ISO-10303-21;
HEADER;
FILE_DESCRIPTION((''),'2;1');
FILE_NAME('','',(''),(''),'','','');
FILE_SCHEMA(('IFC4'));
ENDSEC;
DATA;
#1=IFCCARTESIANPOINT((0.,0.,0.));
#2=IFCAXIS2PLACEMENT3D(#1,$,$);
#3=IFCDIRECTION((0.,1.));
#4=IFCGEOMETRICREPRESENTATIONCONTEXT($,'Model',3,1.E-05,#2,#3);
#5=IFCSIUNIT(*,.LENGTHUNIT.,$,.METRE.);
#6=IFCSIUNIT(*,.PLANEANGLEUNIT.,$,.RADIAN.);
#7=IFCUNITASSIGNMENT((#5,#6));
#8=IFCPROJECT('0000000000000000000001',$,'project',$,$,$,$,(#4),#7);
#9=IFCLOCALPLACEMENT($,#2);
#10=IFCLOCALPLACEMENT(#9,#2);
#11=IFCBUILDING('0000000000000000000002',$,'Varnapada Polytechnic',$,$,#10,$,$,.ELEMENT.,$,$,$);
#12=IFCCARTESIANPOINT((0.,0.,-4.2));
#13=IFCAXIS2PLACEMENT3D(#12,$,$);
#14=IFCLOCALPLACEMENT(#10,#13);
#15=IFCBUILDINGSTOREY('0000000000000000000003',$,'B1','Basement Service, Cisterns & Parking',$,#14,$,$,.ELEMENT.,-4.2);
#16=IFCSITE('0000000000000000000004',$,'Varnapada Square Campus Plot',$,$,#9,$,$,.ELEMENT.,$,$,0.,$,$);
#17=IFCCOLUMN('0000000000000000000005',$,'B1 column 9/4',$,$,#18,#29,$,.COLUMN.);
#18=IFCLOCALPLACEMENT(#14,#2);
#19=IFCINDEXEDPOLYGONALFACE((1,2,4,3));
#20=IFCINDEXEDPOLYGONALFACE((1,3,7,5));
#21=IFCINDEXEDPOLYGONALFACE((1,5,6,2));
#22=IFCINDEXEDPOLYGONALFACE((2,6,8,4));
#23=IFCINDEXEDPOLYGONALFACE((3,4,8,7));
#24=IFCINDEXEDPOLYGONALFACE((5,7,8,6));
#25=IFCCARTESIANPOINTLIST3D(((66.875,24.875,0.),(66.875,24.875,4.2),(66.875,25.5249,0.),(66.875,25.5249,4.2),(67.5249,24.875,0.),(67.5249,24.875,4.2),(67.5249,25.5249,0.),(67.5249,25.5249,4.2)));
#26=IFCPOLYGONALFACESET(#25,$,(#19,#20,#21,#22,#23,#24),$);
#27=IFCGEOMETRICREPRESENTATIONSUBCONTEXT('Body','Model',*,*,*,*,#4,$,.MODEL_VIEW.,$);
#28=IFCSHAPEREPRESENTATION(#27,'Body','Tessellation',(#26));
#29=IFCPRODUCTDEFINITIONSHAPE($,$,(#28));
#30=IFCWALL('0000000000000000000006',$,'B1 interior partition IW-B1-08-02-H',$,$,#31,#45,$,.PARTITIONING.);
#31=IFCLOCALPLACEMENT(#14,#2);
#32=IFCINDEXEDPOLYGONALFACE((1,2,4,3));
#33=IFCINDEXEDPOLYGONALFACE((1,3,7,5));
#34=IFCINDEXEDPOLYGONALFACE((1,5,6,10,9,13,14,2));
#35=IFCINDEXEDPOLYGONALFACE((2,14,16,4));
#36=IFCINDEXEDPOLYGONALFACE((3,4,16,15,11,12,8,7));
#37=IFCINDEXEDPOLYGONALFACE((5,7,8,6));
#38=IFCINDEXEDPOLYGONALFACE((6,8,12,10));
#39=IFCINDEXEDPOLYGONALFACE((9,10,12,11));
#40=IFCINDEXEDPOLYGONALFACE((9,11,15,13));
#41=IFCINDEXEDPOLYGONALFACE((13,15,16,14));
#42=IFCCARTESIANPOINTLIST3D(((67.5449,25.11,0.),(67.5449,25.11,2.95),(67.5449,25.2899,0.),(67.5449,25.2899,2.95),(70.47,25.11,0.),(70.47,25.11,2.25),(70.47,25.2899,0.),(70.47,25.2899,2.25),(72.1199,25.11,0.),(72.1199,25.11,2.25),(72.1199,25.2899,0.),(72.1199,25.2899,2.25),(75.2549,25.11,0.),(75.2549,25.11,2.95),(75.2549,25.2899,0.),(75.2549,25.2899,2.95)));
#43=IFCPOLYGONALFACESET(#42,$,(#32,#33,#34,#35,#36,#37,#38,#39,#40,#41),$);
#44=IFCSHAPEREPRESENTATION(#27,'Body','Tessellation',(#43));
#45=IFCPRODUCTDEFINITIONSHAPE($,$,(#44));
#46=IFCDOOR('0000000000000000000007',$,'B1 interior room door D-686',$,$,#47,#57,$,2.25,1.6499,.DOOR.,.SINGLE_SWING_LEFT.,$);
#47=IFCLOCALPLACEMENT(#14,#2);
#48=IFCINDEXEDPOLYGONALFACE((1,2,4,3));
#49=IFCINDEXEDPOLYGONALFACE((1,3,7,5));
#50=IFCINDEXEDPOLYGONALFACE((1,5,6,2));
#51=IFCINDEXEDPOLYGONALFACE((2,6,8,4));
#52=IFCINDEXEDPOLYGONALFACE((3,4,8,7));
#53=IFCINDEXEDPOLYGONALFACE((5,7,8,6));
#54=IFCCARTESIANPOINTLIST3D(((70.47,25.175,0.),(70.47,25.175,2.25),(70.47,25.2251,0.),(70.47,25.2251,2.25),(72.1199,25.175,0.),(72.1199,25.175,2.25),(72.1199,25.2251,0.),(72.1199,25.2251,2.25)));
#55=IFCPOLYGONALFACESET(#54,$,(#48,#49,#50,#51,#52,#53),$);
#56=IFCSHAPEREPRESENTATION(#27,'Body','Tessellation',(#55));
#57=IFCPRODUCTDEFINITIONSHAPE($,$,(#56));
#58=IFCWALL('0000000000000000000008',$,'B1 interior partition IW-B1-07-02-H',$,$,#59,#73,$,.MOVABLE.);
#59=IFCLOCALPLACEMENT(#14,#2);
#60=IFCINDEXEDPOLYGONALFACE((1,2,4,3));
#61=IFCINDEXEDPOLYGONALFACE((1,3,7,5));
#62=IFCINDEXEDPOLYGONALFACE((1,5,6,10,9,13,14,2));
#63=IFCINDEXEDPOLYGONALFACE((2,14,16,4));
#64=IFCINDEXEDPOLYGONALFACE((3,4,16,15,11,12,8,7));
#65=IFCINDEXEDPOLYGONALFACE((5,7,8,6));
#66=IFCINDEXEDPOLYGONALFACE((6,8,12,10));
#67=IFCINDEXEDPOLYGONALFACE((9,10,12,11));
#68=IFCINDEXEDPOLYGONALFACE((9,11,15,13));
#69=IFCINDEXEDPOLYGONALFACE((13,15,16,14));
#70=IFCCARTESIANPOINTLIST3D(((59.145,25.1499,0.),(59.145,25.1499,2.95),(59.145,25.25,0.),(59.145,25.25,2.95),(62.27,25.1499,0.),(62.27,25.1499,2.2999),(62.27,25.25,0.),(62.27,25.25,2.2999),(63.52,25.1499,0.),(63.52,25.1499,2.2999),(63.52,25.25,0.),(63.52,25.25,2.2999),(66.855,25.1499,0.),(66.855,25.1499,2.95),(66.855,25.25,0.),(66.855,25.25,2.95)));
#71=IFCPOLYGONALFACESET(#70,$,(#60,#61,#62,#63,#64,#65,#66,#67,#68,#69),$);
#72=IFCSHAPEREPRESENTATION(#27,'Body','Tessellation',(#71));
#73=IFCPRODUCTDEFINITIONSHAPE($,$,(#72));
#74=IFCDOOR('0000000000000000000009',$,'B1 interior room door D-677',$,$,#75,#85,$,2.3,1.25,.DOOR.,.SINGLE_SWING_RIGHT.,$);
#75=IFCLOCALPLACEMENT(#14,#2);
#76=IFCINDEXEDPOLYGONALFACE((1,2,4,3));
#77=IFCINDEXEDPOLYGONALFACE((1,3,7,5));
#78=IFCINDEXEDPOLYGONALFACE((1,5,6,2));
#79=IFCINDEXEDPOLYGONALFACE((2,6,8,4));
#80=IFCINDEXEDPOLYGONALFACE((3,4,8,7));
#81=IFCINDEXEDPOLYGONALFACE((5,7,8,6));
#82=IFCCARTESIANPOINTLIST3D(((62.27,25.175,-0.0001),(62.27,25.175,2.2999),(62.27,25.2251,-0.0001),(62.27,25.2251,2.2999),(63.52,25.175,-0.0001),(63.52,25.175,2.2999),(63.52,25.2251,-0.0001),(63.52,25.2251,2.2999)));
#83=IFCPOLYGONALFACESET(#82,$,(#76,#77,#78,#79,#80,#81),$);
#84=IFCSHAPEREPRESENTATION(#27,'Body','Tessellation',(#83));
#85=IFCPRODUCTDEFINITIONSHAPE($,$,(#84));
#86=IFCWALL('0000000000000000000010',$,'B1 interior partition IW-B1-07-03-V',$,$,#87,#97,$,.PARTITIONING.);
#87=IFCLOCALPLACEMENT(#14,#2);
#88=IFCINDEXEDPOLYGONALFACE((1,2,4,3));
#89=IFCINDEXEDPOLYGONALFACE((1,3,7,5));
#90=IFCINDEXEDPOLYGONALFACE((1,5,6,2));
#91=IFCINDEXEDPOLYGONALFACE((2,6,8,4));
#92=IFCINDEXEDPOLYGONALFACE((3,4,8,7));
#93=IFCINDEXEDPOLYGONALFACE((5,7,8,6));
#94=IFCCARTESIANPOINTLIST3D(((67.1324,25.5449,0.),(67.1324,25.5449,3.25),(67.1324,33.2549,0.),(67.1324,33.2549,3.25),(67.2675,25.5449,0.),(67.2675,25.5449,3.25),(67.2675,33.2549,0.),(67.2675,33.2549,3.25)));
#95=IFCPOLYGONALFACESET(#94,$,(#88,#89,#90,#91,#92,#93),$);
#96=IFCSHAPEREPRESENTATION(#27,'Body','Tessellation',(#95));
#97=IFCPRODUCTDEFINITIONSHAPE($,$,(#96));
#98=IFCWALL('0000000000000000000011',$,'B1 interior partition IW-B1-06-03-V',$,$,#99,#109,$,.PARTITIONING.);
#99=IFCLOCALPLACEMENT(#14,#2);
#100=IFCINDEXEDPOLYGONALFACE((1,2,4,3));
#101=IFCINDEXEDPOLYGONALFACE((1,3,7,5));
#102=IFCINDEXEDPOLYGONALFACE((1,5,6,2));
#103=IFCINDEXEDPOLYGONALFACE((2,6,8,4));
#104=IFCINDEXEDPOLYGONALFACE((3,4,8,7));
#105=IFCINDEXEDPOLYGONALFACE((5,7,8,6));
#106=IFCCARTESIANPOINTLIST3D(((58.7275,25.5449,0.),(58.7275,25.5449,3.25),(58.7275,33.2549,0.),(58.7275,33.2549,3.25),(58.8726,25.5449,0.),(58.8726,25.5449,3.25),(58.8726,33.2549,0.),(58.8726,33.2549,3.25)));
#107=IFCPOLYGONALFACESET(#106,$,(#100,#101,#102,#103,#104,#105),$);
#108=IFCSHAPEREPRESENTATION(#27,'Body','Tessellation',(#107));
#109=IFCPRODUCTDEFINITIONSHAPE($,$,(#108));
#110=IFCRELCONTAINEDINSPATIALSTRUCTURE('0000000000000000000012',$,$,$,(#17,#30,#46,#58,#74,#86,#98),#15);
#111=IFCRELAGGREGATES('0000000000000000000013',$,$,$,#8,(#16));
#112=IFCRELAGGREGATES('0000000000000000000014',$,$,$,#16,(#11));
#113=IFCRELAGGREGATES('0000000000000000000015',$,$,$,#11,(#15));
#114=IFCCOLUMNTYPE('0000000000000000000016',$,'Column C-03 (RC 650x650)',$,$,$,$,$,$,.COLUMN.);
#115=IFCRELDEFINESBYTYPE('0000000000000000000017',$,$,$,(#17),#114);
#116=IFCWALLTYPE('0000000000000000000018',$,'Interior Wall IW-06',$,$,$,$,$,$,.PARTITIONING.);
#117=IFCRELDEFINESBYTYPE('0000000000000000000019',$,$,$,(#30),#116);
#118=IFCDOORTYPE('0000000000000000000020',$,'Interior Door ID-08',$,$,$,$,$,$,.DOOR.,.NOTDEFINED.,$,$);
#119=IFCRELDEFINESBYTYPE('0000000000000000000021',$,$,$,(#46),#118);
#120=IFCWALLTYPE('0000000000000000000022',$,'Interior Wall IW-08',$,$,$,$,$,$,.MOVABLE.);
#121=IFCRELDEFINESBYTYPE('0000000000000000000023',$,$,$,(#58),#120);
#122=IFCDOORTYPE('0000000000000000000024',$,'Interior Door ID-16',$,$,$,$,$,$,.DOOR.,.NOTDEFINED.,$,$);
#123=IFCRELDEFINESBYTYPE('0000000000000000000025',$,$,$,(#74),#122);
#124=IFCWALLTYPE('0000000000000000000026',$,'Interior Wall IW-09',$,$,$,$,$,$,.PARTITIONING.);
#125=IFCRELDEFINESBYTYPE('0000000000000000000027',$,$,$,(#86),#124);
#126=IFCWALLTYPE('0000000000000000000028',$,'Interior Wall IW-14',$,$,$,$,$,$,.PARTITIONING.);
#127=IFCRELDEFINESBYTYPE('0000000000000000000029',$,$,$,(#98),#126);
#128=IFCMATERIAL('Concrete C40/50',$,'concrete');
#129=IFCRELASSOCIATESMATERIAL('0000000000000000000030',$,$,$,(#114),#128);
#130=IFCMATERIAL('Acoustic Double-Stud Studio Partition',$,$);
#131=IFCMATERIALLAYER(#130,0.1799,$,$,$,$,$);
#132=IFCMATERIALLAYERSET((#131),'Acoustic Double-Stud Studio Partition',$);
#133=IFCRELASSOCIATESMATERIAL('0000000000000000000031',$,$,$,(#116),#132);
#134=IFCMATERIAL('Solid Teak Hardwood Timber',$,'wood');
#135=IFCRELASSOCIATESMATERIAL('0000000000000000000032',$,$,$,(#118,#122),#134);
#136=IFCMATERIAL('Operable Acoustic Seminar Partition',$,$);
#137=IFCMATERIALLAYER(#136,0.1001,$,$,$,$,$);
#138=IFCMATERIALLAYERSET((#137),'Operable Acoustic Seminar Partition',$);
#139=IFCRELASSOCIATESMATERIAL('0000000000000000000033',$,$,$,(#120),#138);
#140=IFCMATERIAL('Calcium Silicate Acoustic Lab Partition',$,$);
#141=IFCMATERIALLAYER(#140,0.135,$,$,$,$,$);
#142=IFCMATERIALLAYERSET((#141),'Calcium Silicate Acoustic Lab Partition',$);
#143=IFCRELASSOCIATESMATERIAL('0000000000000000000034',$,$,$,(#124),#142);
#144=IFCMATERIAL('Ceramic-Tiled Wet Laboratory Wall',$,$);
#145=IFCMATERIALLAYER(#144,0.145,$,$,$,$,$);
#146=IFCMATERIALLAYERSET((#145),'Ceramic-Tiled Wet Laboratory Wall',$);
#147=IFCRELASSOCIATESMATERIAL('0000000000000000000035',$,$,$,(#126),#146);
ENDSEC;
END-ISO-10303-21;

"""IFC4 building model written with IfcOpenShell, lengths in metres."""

from ifc_helpers import new_model, si_unit, direction, frame, frame_2d, origin, origin_2d, place, context, subcontext, project, spatial, rectangle, extrude, material, layer, layer_set, material_profile, profile_set, type_object, element, fill, save


model = new_model("IFC4")

# Units and contexts
model_context = context("Model", 3, precision=1e-05, world=origin(), true_north=direction((0.0, 1.0)))
body_context = subcontext(model_context, "Body", "Model", "MODEL_VIEW")
ifc_project = project(units=[si_unit("LENGTHUNIT", "METRE"), si_unit("PLANEANGLEUNIT", "RADIAN")], contexts=[model_context])

# Site, building, storey
site_placement = place(None, origin())
site = spatial("IfcSite", under=ifc_project, at=site_placement, Name="Varnapada Square Campus Plot", CompositionType="ELEMENT", RefElevation=0.0)
building_placement = place(site_placement, origin())
building = spatial("IfcBuilding", under=site, at=building_placement, Name="Varnapada Polytechnic", CompositionType="ELEMENT")
storey_placement = place(building_placement, frame((0.0, 0.0, -4.2)))
storey = spatial("IfcBuildingStorey", under=building, at=storey_placement, Name="B1", Description="Basement Service, Cisterns & Parking", CompositionType="ELEMENT", Elevation=-4.2)

# Shared definitions
ifc_material_1 = material(Name="Concrete C40/50", Category="concrete")

# Column
ifc_material_profile_1 = material_profile(ifc_material_1, rectangle(XDim=0.6499, YDim=0.6499, at=origin_2d()), Name="RC 650x650")
ifc_profile_set_1 = profile_set([ifc_material_profile_1], Name="Concrete C40/50")
column_type = type_object("IfcColumnType", Name="Column C-03 (RC 650x650)", PredefinedType="COLUMN", material=ifc_profile_set_1)
for number, where, z_axis, x_axis, name in (
    (1, (67.2, 25.2, 0.0), (0.0, 0.0, 1.0), (1.0, 0.0, 0.0), "B1 column 9/4"),
):
    element("IfcColumn", number, at=place(storey_placement, frame(where, z_axis=z_axis, x_axis=x_axis)), inside=storey, type_object=column_type, Name=name, PredefinedType="COLUMN", context=body_context, shape_type="SweptSolid", body=[
        extrude(rectangle(XDim=0.6499, YDim=0.6499, at=origin_2d()), origin(), (0.0, 0.0, 1.0), 4.2),
    ])

# Walls, openings, doors
ifc_material_2 = material(Name="Acoustic Double-Stud Studio Partition")
ifc_layer_1 = layer(ifc_material_2, 0.1799)
ifc_layer_set_1 = layer_set([ifc_layer_1], Name="Acoustic Double-Stud Studio Partition")
wall_type_1 = type_object("IfcWallType", Name="Interior Wall IW-06", PredefinedType="PARTITIONING", material=ifc_layer_set_1)
wall_1_placement = place(storey_placement, frame((67.5449, 25.2, 0.0), z_axis=(0.0, 0.0, 1.0), x_axis=(1.0, 0.0, 0.0)))
wall_1 = element("IfcWall", 2, at=wall_1_placement, inside=storey, type_object=wall_type_1, Name="B1 interior partition IW-B1-08-02-H", PredefinedType="PARTITIONING", context=body_context, shape_type="SweptSolid", body=[
    extrude(rectangle(XDim=7.71, YDim=0.1799, at=frame_2d((3.855, 0.0))), origin(), (0.0, 0.0, 1.0), 2.95),
])
opening_1_placement = place(wall_1_placement, frame((2.925, 0.0, 0.0)))
opening_1 = element("IfcOpeningElement", 3, at=opening_1_placement, cuts=wall_1, PredefinedType="OPENING", context=body_context, shape_type="SweptSolid", body=[
    extrude(rectangle(XDim=1.6499, YDim=2.25, at=frame_2d((0.825, 1.125))), frame((0.0, 0.0999, 0.0), z_axis=(0.0, -1.0, 0.0), x_axis=(1.0, 0.0, 0.0)), (0.0, 0.0, 1.0), 0.2),
])
ifc_material_3 = material(Name="Solid Teak Hardwood Timber", Category="wood")
door_type_1 = type_object("IfcDoorType", Name="Interior Door ID-08", OperationType="NOTDEFINED", PredefinedType="DOOR", material=ifc_material_3)
door_1_placement = place(opening_1_placement, frame((1.6499, 0.0, 0.0), z_axis=(0.0, 0.0, 1.0), x_axis=(-1.0, 0.0, 0.0)))
door_1 = element("IfcDoor", 4, at=door_1_placement, inside=storey, type_object=door_type_1, Name="B1 interior room door D-686", OperationType="SINGLE_SWING_LEFT", OverallHeight=2.25, OverallWidth=1.6499, PredefinedType="DOOR", context=body_context, shape_type="SweptSolid", body=[
    extrude(rectangle(XDim=1.6499, YDim=2.25, at=frame_2d((0.825, 1.125))), frame((0.0, 0.0249, 0.0), z_axis=(0.0, -1.0, 0.0), x_axis=(1.0, 0.0, 0.0)), (0.0, 0.0, 1.0), 0.05),
])
fill(opening_1, door_1)
ifc_material_4 = material(Name="Operable Acoustic Seminar Partition")
ifc_layer_2 = layer(ifc_material_4, 0.1001)
ifc_layer_set_2 = layer_set([ifc_layer_2], Name="Operable Acoustic Seminar Partition")
wall_type_2 = type_object("IfcWallType", Name="Interior Wall IW-08", PredefinedType="MOVABLE", material=ifc_layer_set_2)
wall_2_placement = place(storey_placement, frame((59.145, 25.2, 0.0), z_axis=(0.0, 0.0, 1.0), x_axis=(1.0, 0.0, 0.0)))
wall_2 = element("IfcWall", 5, at=wall_2_placement, inside=storey, type_object=wall_type_2, Name="B1 interior partition IW-B1-07-02-H", PredefinedType="MOVABLE", context=body_context, shape_type="SweptSolid", body=[
    extrude(rectangle(XDim=7.71, YDim=0.1001, at=frame_2d((3.855, 0.0))), origin(), (0.0, 0.0, 1.0), 2.95),
])
opening_2_placement = place(wall_2_placement, frame((3.125, 0.0, 0.0)))
opening_2 = element("IfcOpeningElement", 6, at=opening_2_placement, cuts=wall_2, PredefinedType="OPENING", context=body_context, shape_type="SweptSolid", body=[
    extrude(rectangle(XDim=1.25, YDim=2.3, at=frame_2d((0.625, 1.1499))), frame((0.0, 0.0601, 0.0), z_axis=(0.0, -1.0, 0.0), x_axis=(1.0, 0.0, 0.0)), (0.0, 0.0, 1.0), 0.1201),
])
door_type_2 = type_object("IfcDoorType", Name="Interior Door ID-16", OperationType="NOTDEFINED", PredefinedType="DOOR", material=ifc_material_3)
door_2_placement = place(opening_2_placement, frame((1.25, 0.0, 0.0), z_axis=(0.0, 0.0, 1.0), x_axis=(-1.0, 0.0, 0.0)))
door_2 = element("IfcDoor", 7, at=door_2_placement, inside=storey, type_object=door_type_2, Name="B1 interior room door D-677", OperationType="SINGLE_SWING_RIGHT", OverallHeight=2.3, OverallWidth=1.25, PredefinedType="DOOR", context=body_context, shape_type="SweptSolid", body=[
    extrude(rectangle(XDim=1.25, YDim=2.3, at=frame_2d((0.625, 1.1499))), frame((0.0, 0.0249, 0.0), z_axis=(0.0, -1.0, 0.0), x_axis=(1.0, 0.0, 0.0)), (0.0, 0.0, 1.0), 0.05),
])
fill(opening_2, door_2)

# Walls
ifc_material_5 = material(Name="Calcium Silicate Acoustic Lab Partition")
ifc_layer_3 = layer(ifc_material_5, 0.135)
ifc_layer_set_3 = layer_set([ifc_layer_3], Name="Calcium Silicate Acoustic Lab Partition")
wall_type_3 = type_object("IfcWallType", Name="Interior Wall IW-09", PredefinedType="PARTITIONING", material=ifc_layer_set_3)
wall_3_placement = place(storey_placement, frame((67.2, 25.5449, 0.0), z_axis=(0.0, 0.0, 1.0), x_axis=(0.0, 1.0, 0.0)))
element("IfcWall", 8, at=wall_3_placement, inside=storey, type_object=wall_type_3, Name="B1 interior partition IW-B1-07-03-V", PredefinedType="PARTITIONING", context=body_context, shape_type="SweptSolid", body=[
    extrude(rectangle(XDim=7.71, YDim=0.135, at=frame_2d((3.855, 0.0))), origin(), (0.0, 0.0, 1.0), 3.25),
])
ifc_material_6 = material(Name="Ceramic-Tiled Wet Laboratory Wall")
ifc_layer_4 = layer(ifc_material_6, 0.145)
ifc_layer_set_4 = layer_set([ifc_layer_4], Name="Ceramic-Tiled Wet Laboratory Wall")
wall_type_4 = type_object("IfcWallType", Name="Interior Wall IW-14", PredefinedType="PARTITIONING", material=ifc_layer_set_4)
wall_4_placement = place(storey_placement, frame((58.8, 25.5449, 0.0), z_axis=(0.0, 0.0, 1.0), x_axis=(0.0, 1.0, 0.0)))
element("IfcWall", 9, at=wall_4_placement, inside=storey, type_object=wall_type_4, Name="B1 interior partition IW-B1-06-03-V", PredefinedType="PARTITIONING", context=body_context, shape_type="SweptSolid", body=[
    extrude(rectangle(XDim=7.71, YDim=0.145, at=frame_2d((3.855, 0.0))), origin(), (0.0, 0.0, 1.0), 3.25),
])

save(model, "model.ifc")
